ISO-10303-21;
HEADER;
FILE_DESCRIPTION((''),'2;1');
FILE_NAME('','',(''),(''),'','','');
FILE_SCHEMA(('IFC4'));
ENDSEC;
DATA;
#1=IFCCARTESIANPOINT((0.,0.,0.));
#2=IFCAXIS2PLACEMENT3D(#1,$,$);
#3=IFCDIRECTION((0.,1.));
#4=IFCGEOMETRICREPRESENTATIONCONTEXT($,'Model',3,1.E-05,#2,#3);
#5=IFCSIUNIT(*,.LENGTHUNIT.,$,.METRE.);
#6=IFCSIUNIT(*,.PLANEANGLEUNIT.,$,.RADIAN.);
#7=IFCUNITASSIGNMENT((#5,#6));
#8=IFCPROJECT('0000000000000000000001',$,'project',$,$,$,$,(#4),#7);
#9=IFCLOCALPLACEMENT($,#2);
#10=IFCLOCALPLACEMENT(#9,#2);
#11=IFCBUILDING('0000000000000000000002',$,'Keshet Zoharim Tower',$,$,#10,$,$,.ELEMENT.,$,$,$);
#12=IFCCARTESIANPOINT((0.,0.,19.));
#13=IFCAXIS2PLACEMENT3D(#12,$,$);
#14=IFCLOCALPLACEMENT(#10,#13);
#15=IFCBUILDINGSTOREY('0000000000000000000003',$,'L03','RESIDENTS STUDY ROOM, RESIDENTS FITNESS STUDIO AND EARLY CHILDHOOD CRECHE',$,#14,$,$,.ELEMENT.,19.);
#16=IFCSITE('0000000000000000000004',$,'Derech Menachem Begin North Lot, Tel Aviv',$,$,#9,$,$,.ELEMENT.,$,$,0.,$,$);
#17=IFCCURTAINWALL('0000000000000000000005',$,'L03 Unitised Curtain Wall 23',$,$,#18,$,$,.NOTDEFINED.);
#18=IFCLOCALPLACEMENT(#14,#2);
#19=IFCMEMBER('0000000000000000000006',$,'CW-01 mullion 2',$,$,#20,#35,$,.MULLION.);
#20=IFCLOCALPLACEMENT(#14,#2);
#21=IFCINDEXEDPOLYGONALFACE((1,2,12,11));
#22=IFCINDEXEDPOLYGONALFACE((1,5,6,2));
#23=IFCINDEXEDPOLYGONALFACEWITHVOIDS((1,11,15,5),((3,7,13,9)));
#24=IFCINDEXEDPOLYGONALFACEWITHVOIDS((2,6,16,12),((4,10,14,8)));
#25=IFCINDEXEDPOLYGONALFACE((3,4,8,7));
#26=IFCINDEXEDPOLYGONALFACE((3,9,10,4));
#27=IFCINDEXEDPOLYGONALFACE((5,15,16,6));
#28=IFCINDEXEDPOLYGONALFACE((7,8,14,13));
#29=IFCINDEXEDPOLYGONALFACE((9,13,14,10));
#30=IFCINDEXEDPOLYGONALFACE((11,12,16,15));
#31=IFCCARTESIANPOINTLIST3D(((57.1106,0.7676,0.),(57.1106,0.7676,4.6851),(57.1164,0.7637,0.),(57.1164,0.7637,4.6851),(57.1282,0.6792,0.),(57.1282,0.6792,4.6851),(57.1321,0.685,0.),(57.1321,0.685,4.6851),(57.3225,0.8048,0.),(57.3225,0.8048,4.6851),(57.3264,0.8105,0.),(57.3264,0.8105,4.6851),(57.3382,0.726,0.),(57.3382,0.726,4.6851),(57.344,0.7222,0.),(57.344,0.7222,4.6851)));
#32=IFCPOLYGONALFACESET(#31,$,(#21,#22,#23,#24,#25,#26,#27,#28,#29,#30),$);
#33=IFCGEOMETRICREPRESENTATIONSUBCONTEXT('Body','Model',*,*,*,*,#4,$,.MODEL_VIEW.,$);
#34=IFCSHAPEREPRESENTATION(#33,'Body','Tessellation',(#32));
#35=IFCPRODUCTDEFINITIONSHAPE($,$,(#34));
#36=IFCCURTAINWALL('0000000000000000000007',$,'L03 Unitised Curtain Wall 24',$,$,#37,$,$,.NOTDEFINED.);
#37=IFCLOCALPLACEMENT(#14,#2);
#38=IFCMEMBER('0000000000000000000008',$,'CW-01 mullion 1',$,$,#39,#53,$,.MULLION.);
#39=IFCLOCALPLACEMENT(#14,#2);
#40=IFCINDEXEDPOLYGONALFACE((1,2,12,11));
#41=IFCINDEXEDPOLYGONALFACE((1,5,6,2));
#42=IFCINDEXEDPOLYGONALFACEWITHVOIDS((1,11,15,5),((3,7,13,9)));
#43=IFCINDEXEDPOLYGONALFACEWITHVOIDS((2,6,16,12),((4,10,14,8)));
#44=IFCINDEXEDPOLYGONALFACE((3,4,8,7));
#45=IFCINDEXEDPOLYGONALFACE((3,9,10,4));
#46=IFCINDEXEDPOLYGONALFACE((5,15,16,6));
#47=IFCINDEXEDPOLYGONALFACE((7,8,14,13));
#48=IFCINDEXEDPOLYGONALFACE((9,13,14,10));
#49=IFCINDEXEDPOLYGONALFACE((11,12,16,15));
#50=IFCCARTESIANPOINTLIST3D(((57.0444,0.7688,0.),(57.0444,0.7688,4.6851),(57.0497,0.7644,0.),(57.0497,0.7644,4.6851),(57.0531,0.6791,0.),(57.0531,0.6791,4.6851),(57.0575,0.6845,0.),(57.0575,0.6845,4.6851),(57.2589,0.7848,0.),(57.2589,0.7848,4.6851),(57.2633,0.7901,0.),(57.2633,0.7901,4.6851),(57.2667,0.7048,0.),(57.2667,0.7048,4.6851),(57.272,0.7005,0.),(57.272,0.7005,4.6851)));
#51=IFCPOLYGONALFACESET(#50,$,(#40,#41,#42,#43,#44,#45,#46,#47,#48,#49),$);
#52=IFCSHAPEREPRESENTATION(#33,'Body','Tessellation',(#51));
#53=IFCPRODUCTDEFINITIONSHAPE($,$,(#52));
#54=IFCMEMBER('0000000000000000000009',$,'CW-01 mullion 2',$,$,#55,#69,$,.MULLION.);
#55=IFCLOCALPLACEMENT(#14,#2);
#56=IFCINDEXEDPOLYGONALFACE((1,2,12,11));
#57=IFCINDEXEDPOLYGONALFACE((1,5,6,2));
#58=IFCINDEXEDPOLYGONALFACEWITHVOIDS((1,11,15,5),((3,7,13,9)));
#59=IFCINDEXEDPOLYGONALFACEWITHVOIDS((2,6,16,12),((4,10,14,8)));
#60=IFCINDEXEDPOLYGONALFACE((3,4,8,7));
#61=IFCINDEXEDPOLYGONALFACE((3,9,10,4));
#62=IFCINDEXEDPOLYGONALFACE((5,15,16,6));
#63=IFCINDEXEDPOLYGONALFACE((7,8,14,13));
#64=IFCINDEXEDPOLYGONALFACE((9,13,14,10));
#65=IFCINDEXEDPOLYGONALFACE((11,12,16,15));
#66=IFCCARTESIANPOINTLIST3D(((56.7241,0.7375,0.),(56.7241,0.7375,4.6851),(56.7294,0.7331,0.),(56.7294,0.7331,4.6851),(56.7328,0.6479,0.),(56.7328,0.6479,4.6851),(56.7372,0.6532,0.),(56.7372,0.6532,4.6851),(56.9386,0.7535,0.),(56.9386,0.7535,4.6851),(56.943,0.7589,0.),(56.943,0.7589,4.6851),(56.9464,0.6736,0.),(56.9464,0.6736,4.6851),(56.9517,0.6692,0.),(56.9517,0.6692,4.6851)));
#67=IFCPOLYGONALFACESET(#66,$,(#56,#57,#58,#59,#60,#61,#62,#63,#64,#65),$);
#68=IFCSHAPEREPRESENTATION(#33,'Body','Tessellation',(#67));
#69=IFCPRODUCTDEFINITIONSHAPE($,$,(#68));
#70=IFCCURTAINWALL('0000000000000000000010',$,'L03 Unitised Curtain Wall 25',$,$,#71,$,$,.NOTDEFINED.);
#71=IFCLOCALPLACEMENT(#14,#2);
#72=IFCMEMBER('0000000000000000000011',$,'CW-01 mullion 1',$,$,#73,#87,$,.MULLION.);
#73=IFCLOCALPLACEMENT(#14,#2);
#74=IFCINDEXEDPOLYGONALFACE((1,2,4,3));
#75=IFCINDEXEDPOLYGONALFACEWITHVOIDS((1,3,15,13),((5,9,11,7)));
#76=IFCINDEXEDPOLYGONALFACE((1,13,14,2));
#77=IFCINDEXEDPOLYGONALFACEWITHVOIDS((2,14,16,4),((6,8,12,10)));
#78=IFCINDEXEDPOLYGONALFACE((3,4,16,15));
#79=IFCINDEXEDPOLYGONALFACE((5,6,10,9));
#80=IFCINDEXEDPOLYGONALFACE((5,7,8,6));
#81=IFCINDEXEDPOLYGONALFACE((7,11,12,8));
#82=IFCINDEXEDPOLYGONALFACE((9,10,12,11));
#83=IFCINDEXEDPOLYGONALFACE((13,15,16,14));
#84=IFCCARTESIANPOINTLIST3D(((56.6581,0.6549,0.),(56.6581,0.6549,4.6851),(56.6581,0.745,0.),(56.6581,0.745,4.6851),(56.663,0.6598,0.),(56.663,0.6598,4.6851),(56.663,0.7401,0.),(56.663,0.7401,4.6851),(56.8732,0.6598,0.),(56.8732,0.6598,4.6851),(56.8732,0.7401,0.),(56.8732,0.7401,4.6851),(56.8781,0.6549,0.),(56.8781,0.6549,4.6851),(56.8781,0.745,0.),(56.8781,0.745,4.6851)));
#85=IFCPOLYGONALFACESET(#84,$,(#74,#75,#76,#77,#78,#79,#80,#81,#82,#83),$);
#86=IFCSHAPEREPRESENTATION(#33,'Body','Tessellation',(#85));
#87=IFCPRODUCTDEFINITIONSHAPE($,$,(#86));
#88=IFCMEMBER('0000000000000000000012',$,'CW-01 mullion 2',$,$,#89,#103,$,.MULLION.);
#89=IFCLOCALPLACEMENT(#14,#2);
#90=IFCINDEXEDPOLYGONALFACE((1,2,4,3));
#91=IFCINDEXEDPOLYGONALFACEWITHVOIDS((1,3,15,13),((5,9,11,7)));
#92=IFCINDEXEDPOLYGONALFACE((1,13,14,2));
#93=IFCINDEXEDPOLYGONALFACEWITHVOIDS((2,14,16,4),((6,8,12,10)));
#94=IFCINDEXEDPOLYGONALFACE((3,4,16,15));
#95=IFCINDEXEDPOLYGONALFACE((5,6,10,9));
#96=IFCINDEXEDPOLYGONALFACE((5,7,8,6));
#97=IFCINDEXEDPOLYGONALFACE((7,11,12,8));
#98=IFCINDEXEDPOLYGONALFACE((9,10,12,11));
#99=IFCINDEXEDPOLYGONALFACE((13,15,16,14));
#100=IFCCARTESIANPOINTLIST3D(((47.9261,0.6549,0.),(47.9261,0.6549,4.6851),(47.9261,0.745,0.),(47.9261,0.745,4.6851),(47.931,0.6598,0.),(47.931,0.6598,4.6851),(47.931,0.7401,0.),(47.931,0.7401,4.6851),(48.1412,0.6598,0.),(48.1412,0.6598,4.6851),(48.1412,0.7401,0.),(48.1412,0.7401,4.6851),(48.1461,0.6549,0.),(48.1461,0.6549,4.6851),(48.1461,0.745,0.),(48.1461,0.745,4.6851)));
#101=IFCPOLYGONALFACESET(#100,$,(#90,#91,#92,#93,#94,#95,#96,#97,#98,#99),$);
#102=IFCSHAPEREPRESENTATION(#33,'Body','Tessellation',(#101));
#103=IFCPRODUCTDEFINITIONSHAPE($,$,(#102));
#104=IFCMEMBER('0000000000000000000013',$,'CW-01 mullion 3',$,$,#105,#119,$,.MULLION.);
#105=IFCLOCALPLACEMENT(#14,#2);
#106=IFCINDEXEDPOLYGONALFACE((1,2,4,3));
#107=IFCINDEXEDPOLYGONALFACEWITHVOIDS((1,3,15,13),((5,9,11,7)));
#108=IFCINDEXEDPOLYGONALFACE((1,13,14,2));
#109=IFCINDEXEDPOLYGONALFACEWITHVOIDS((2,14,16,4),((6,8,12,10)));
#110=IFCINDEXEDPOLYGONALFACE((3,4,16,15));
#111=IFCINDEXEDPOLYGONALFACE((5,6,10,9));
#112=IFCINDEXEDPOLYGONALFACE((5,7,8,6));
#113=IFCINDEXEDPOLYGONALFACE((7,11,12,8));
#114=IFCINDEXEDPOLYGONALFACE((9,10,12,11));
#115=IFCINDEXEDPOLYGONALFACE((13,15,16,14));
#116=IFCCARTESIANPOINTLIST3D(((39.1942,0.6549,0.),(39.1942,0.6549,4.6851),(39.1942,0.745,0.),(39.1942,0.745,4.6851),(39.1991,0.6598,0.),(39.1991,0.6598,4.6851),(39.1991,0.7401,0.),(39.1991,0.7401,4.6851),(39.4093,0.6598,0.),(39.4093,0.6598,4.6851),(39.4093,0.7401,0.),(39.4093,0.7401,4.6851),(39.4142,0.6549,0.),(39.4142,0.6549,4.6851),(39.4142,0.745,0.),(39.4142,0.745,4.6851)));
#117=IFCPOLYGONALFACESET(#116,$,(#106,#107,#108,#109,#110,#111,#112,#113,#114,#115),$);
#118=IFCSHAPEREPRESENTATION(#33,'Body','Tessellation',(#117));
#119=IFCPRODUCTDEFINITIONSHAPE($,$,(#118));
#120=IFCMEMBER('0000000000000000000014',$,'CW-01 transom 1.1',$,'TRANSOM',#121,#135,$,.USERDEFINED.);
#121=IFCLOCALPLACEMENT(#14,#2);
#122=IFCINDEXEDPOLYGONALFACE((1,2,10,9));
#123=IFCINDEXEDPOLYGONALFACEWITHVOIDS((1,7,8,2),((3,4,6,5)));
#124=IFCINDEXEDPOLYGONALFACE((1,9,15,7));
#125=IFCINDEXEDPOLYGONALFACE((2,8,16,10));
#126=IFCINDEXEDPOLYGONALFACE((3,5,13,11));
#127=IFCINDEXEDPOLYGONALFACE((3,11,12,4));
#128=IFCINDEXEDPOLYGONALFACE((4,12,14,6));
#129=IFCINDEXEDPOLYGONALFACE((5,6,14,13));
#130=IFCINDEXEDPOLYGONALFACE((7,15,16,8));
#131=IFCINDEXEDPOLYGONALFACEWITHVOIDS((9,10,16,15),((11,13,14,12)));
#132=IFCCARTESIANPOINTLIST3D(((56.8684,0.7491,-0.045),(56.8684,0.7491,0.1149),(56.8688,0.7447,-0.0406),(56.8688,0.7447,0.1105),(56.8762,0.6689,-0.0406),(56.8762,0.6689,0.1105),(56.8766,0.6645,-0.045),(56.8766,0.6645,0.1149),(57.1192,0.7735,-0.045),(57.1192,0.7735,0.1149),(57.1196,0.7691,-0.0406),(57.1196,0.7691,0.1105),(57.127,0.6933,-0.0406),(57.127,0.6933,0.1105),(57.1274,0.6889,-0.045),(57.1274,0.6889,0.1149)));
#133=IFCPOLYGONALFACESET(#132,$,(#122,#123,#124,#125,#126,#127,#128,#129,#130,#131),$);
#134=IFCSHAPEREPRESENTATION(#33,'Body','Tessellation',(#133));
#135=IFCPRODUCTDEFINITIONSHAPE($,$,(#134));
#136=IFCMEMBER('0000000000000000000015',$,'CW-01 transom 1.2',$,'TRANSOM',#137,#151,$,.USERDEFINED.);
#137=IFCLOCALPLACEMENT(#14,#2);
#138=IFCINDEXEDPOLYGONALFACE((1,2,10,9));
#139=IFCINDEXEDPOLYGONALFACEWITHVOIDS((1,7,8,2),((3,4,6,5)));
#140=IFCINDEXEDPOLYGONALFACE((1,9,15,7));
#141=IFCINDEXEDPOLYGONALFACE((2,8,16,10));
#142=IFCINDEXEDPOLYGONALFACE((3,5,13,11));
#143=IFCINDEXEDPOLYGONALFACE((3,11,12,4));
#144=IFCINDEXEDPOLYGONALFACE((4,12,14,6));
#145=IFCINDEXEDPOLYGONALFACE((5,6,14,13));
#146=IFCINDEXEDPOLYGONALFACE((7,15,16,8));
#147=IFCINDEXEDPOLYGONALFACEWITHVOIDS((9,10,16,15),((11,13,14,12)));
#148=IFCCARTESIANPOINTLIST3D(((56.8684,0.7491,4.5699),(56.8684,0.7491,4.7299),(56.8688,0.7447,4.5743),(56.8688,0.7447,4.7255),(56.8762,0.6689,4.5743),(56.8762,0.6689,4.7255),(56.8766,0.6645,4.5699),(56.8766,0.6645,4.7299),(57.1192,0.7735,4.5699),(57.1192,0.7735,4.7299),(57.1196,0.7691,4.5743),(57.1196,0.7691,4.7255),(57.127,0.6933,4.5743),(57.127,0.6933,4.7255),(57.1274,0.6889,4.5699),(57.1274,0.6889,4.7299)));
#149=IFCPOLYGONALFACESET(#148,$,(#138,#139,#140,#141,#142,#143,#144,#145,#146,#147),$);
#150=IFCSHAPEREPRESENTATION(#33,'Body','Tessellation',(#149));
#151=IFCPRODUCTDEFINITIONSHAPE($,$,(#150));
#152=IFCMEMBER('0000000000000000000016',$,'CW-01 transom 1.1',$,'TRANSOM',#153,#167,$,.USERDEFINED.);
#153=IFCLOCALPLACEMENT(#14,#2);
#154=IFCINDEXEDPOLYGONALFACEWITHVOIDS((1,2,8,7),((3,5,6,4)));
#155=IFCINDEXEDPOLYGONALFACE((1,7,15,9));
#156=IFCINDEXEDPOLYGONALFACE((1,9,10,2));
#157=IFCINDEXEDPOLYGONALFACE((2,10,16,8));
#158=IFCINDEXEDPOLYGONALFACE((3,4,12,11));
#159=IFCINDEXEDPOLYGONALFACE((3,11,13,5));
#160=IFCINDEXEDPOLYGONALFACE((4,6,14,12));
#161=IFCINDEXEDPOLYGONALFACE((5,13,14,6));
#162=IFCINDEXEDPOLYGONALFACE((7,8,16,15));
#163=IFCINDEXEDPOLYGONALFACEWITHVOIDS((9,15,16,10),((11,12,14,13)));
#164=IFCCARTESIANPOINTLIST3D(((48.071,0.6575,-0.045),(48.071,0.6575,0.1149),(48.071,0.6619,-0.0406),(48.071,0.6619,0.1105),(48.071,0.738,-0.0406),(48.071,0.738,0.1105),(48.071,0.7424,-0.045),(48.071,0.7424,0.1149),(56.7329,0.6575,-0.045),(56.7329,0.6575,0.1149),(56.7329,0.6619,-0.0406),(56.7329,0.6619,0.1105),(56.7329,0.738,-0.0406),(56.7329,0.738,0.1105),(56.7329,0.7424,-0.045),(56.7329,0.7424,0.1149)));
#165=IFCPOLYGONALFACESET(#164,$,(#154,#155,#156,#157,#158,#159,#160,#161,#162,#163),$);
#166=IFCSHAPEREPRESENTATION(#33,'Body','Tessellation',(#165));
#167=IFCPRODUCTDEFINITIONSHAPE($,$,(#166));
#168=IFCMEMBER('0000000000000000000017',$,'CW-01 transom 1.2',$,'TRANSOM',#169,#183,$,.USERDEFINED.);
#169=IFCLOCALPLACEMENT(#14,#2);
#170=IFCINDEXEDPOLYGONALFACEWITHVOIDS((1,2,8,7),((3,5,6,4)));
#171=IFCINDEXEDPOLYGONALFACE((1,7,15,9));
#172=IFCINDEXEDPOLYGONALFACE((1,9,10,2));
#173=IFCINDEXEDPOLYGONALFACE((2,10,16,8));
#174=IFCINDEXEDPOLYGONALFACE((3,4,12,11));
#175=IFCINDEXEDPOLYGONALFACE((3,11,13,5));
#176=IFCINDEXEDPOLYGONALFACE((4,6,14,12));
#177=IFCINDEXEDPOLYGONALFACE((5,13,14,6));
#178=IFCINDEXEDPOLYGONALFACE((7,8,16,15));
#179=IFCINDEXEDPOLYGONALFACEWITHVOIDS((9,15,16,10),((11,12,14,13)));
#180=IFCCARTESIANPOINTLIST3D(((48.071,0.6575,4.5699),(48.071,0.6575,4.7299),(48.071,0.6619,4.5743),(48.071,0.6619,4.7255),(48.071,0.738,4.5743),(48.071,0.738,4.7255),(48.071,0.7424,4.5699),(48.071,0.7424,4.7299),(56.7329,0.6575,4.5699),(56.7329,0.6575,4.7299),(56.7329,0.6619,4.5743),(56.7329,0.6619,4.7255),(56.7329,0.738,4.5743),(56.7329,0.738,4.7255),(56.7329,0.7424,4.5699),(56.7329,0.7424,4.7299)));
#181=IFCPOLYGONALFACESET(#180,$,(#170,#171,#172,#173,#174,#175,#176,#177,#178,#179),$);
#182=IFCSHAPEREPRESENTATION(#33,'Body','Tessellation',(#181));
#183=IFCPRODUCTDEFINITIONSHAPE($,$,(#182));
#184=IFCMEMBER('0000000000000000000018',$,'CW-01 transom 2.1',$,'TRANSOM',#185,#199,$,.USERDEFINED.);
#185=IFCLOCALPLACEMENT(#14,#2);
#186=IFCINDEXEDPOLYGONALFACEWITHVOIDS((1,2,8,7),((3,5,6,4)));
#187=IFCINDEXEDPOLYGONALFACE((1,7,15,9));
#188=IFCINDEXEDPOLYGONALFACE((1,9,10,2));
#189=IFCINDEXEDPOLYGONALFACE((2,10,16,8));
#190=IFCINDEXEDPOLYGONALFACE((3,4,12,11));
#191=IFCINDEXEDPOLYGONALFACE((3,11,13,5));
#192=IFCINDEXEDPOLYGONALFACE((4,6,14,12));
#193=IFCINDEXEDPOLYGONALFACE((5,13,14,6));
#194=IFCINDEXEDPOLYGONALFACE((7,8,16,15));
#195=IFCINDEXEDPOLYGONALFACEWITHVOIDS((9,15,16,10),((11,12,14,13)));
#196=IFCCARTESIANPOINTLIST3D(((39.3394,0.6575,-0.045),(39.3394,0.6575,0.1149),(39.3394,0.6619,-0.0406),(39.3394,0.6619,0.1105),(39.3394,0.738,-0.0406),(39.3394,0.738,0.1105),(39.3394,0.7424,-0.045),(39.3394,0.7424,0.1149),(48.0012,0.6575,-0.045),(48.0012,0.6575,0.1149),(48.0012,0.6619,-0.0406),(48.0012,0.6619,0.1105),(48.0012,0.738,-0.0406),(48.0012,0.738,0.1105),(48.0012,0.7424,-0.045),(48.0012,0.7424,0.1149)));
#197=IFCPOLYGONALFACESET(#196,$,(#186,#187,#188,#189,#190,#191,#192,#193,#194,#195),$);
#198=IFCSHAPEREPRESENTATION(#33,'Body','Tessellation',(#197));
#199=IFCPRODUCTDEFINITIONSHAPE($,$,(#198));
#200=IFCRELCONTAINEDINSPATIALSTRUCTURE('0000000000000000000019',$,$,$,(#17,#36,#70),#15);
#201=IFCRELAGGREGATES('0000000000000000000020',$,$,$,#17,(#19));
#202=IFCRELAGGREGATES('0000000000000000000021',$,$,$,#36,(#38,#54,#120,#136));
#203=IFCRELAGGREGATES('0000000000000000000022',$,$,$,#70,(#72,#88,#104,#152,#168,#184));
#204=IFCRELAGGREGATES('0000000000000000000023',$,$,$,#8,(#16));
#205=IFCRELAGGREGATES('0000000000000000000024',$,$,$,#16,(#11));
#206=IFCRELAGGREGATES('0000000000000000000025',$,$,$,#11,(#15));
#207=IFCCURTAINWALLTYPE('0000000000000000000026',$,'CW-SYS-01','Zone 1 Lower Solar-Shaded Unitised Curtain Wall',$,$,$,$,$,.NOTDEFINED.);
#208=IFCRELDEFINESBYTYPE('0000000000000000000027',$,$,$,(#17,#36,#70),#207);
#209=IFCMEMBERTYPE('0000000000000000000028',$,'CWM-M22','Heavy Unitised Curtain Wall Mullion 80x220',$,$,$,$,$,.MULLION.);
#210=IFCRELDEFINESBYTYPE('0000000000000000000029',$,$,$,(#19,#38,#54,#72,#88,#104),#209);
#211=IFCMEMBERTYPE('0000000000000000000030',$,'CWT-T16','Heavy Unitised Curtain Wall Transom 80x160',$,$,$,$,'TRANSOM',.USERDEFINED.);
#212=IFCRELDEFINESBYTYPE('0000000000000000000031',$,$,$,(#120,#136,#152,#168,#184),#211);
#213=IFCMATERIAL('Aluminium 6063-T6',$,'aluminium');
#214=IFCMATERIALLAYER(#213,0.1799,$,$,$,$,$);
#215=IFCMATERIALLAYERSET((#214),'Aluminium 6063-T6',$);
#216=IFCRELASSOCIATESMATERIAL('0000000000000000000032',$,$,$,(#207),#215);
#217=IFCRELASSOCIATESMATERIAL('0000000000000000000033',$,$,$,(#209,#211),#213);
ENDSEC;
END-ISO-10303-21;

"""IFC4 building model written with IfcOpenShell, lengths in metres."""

from ifc_helpers import new_model, si_unit, direction, frame, origin, origin_2d, place, context, subcontext, project, spatial, hollow_rectangle, extrude, material, layer, layer_set, material_profile, profile_set, type_object, element, aggregate, save


model = new_model("IFC4")

# Units and contexts
model_context = context("Model", 3, precision=1e-05, world=origin(), true_north=direction((0.0, 1.0)))
body_context = subcontext(model_context, "Body", "Model", "MODEL_VIEW")
ifc_project = project(units=[si_unit("LENGTHUNIT", "METRE"), si_unit("PLANEANGLEUNIT", "RADIAN")], contexts=[model_context])

# Site, building, storey
site_placement = place(None, origin())
site = spatial("IfcSite", under=ifc_project, at=site_placement, Name="Derech Menachem Begin North Lot, Tel Aviv", CompositionType="ELEMENT", RefElevation=0.0)
building_placement = place(site_placement, origin())
building = spatial("IfcBuilding", under=site, at=building_placement, Name="Keshet Zoharim Tower", CompositionType="ELEMENT")
storey_placement = place(building_placement, frame((0.0, 0.0, 19.0)))
storey = spatial("IfcBuildingStorey", under=building, at=storey_placement, Name="L03", Description="RESIDENTS STUDY ROOM, RESIDENTS FITNESS STUDIO AND EARLY CHILDHOOD CRECHE", CompositionType="ELEMENT", Elevation=19.0)

# Curtain wall, member
ifc_material_1 = material(Name="Aluminium 6063-T6", Category="aluminium")
ifc_layer_1 = layer(ifc_material_1, 0.1799)
ifc_layer_set_1 = layer_set([ifc_layer_1], Name="Aluminium 6063-T6")
curtain_wall_type = type_object("IfcCurtainWallType", Name="CW-SYS-01", Description="Zone 1 Lower Solar-Shaded Unitised Curtain Wall", PredefinedType="NOTDEFINED", material=ifc_layer_set_1)
curtain_wall_1_placement = place(storey_placement, origin())
curtain_wall_1 = element("IfcCurtainWall", 1, at=curtain_wall_1_placement, inside=storey, type_object=curtain_wall_type, Name="L03 Unitised Curtain Wall 23", PredefinedType="NOTDEFINED")
ifc_material_profile_1 = material_profile(ifc_material_1, hollow_rectangle(XDim=0.0901, YDim=0.22, WallThickness=0.0049, at=origin_2d()), Name="MUL-90x220")
ifc_profile_set_1 = profile_set([ifc_material_profile_1], Name="Aluminium 6063-T6")
member_type_1 = type_object("IfcMemberType", Name="CWM-M22", Description="Heavy Unitised Curtain Wall Mullion 80x220", PredefinedType="MULLION", material=ifc_profile_set_1)
member_1_placement = place(storey_placement, frame((57.2273, 0.7449, 0.0), z_axis=(0.0, 0.0, 1.0), x_axis=(0.195171, -0.980769, 0.0)))
member_1 = element("IfcMember", 2, at=member_1_placement, type_object=member_type_1, Name="CW-01 mullion 2", PredefinedType="MULLION", context=body_context, shape_type="SweptSolid", body=[
    extrude(hollow_rectangle(XDim=0.0901, YDim=0.22, WallThickness=0.0049, at=origin_2d()), origin(), (0.0, 0.0, 1.0), 4.6851),
])
aggregate(curtain_wall_1, [member_1])

# Curtain walls, members
curtain_wall_2_placement = place(storey_placement, origin())
curtain_wall_2 = element("IfcCurtainWall", 3, at=curtain_wall_2_placement, inside=storey, type_object=curtain_wall_type, Name="L03 Unitised Curtain Wall 24", PredefinedType="NOTDEFINED")
member_2_placement = place(storey_placement, frame((57.1582, 0.7346, 0.0), z_axis=(0.0, 0.0, 1.0), x_axis=(0.096977, -0.995287, 0.0)))
member_2 = element("IfcMember", 4, at=member_2_placement, type_object=member_type_1, Name="CW-01 mullion 1", PredefinedType="MULLION", context=body_context, shape_type="SweptSolid", body=[
    extrude(hollow_rectangle(XDim=0.0901, YDim=0.22, WallThickness=0.0049, at=origin_2d()), origin(), (0.0, 0.0, 1.0), 4.6851),
])
member_3_placement = place(storey_placement, frame((56.8379, 0.7034, 0.0), z_axis=(0.0, 0.0, 1.0), x_axis=(0.096977, -0.995287, 0.0)))
member_3 = element("IfcMember", 5, at=member_3_placement, type_object=member_type_1, Name="CW-01 mullion 2", PredefinedType="MULLION", context=body_context, shape_type="SweptSolid", body=[
    extrude(hollow_rectangle(XDim=0.0901, YDim=0.22, WallThickness=0.0049, at=origin_2d()), origin(), (0.0, 0.0, 1.0), 4.6851),
])
curtain_wall_3_placement = place(storey_placement, origin())
curtain_wall_3 = element("IfcCurtainWall", 6, at=curtain_wall_3_placement, inside=storey, type_object=curtain_wall_type, Name="L03 Unitised Curtain Wall 25", PredefinedType="NOTDEFINED")
member_4_placement = place(storey_placement, frame((56.7681, 0.7, 0.0), z_axis=(0.0, 0.0, 1.0), x_axis=(0.0, -1.0, 0.0)))
member_4 = element("IfcMember", 7, at=member_4_placement, type_object=member_type_1, Name="CW-01 mullion 1", PredefinedType="MULLION", context=body_context, shape_type="SweptSolid", body=[
    extrude(hollow_rectangle(XDim=0.0901, YDim=0.22, WallThickness=0.0049, at=origin_2d()), origin(), (0.0, 0.0, 1.0), 4.6851),
])
member_5_placement = place(storey_placement, frame((48.0361, 0.7, 0.0), z_axis=(0.0, 0.0, 1.0), x_axis=(0.0, -1.0, 0.0)))
member_5 = element("IfcMember", 8, at=member_5_placement, type_object=member_type_1, Name="CW-01 mullion 2", PredefinedType="MULLION", context=body_context, shape_type="SweptSolid", body=[
    extrude(hollow_rectangle(XDim=0.0901, YDim=0.22, WallThickness=0.0049, at=origin_2d()), origin(), (0.0, 0.0, 1.0), 4.6851),
])
member_6_placement = place(storey_placement, frame((39.3042, 0.7, 0.0), z_axis=(0.0, 0.0, 1.0), x_axis=(0.0, -1.0, 0.0)))
member_6 = element("IfcMember", 9, at=member_6_placement, type_object=member_type_1, Name="CW-01 mullion 3", PredefinedType="MULLION", context=body_context, shape_type="SweptSolid", body=[
    extrude(hollow_rectangle(XDim=0.0901, YDim=0.22, WallThickness=0.0049, at=origin_2d()), origin(), (0.0, 0.0, 1.0), 4.6851),
])

# Members
ifc_material_profile_2 = material_profile(ifc_material_1, hollow_rectangle(XDim=0.085, YDim=0.1599, WallThickness=0.0044, at=origin_2d()), Name="TRN-85x160")
ifc_profile_set_2 = profile_set([ifc_material_profile_2], Name="Aluminium 6063-T6")
member_type_2 = type_object("IfcMemberType", Name="CWT-T16", Description="Heavy Unitised Curtain Wall Transom 80x160", ElementType="TRANSOM", PredefinedType="USERDEFINED", material=ifc_profile_set_2)
member_7_placement = place(storey_placement, frame((57.1233, 0.7312, 0.0349), z_axis=(-0.995293, -0.096913, 0.0), x_axis=(0.096913, -0.995293, 0.0)))
member_7 = element("IfcMember", 10, at=member_7_placement, type_object=member_type_2, Name="CW-01 transom 1.1", ObjectType="TRANSOM", PredefinedType="USERDEFINED", context=body_context, shape_type="SweptSolid", body=[
    extrude(hollow_rectangle(XDim=0.085, YDim=0.1599, WallThickness=0.0044, at=origin_2d()), origin(), (0.0, 0.0, 1.0), 0.252),
])
member_8_placement = place(storey_placement, frame((57.1233, 0.7312, 4.6499), z_axis=(-0.995293, -0.096913, 0.0), x_axis=(0.096913, -0.995293, 0.0)))
member_8 = element("IfcMember", 11, at=member_8_placement, type_object=member_type_2, Name="CW-01 transom 1.2", ObjectType="TRANSOM", PredefinedType="USERDEFINED", context=body_context, shape_type="SweptSolid", body=[
    extrude(hollow_rectangle(XDim=0.085, YDim=0.1599, WallThickness=0.0044, at=origin_2d()), origin(), (0.0, 0.0, 1.0), 0.252),
])
member_9_placement = place(storey_placement, frame((56.7329, 0.7, 0.0349), z_axis=(-1.0, 0.0, 0.0), x_axis=(0.0, -1.0, 0.0)))
member_9 = element("IfcMember", 12, at=member_9_placement, type_object=member_type_2, Name="CW-01 transom 1.1", ObjectType="TRANSOM", PredefinedType="USERDEFINED", context=body_context, shape_type="SweptSolid", body=[
    extrude(hollow_rectangle(XDim=0.085, YDim=0.1599, WallThickness=0.0044, at=origin_2d()), origin(), (0.0, 0.0, 1.0), 8.6619),
])
member_10_placement = place(storey_placement, frame((56.7329, 0.7, 4.6499), z_axis=(-1.0, 0.0, 0.0), x_axis=(0.0, -1.0, 0.0)))
member_10 = element("IfcMember", 13, at=member_10_placement, type_object=member_type_2, Name="CW-01 transom 1.2", ObjectType="TRANSOM", PredefinedType="USERDEFINED", context=body_context, shape_type="SweptSolid", body=[
    extrude(hollow_rectangle(XDim=0.085, YDim=0.1599, WallThickness=0.0044, at=origin_2d()), origin(), (0.0, 0.0, 1.0), 8.6619),
])
member_11_placement = place(storey_placement, frame((48.0012, 0.7, 0.0349), z_axis=(-1.0, 0.0, 0.0), x_axis=(0.0, -1.0, 0.0)))
member_11 = element("IfcMember", 14, at=member_11_placement, type_object=member_type_2, Name="CW-01 transom 2.1", ObjectType="TRANSOM", PredefinedType="USERDEFINED", context=body_context, shape_type="SweptSolid", body=[
    extrude(hollow_rectangle(XDim=0.085, YDim=0.1599, WallThickness=0.0044, at=origin_2d()), origin(), (0.0, 0.0, 1.0), 8.6619),
])

aggregate(curtain_wall_2, [member_2, member_3, member_7, member_8])
aggregate(curtain_wall_3, [member_4, member_5, member_6, member_9, member_10, member_11])

save(model, "model.ifc")
